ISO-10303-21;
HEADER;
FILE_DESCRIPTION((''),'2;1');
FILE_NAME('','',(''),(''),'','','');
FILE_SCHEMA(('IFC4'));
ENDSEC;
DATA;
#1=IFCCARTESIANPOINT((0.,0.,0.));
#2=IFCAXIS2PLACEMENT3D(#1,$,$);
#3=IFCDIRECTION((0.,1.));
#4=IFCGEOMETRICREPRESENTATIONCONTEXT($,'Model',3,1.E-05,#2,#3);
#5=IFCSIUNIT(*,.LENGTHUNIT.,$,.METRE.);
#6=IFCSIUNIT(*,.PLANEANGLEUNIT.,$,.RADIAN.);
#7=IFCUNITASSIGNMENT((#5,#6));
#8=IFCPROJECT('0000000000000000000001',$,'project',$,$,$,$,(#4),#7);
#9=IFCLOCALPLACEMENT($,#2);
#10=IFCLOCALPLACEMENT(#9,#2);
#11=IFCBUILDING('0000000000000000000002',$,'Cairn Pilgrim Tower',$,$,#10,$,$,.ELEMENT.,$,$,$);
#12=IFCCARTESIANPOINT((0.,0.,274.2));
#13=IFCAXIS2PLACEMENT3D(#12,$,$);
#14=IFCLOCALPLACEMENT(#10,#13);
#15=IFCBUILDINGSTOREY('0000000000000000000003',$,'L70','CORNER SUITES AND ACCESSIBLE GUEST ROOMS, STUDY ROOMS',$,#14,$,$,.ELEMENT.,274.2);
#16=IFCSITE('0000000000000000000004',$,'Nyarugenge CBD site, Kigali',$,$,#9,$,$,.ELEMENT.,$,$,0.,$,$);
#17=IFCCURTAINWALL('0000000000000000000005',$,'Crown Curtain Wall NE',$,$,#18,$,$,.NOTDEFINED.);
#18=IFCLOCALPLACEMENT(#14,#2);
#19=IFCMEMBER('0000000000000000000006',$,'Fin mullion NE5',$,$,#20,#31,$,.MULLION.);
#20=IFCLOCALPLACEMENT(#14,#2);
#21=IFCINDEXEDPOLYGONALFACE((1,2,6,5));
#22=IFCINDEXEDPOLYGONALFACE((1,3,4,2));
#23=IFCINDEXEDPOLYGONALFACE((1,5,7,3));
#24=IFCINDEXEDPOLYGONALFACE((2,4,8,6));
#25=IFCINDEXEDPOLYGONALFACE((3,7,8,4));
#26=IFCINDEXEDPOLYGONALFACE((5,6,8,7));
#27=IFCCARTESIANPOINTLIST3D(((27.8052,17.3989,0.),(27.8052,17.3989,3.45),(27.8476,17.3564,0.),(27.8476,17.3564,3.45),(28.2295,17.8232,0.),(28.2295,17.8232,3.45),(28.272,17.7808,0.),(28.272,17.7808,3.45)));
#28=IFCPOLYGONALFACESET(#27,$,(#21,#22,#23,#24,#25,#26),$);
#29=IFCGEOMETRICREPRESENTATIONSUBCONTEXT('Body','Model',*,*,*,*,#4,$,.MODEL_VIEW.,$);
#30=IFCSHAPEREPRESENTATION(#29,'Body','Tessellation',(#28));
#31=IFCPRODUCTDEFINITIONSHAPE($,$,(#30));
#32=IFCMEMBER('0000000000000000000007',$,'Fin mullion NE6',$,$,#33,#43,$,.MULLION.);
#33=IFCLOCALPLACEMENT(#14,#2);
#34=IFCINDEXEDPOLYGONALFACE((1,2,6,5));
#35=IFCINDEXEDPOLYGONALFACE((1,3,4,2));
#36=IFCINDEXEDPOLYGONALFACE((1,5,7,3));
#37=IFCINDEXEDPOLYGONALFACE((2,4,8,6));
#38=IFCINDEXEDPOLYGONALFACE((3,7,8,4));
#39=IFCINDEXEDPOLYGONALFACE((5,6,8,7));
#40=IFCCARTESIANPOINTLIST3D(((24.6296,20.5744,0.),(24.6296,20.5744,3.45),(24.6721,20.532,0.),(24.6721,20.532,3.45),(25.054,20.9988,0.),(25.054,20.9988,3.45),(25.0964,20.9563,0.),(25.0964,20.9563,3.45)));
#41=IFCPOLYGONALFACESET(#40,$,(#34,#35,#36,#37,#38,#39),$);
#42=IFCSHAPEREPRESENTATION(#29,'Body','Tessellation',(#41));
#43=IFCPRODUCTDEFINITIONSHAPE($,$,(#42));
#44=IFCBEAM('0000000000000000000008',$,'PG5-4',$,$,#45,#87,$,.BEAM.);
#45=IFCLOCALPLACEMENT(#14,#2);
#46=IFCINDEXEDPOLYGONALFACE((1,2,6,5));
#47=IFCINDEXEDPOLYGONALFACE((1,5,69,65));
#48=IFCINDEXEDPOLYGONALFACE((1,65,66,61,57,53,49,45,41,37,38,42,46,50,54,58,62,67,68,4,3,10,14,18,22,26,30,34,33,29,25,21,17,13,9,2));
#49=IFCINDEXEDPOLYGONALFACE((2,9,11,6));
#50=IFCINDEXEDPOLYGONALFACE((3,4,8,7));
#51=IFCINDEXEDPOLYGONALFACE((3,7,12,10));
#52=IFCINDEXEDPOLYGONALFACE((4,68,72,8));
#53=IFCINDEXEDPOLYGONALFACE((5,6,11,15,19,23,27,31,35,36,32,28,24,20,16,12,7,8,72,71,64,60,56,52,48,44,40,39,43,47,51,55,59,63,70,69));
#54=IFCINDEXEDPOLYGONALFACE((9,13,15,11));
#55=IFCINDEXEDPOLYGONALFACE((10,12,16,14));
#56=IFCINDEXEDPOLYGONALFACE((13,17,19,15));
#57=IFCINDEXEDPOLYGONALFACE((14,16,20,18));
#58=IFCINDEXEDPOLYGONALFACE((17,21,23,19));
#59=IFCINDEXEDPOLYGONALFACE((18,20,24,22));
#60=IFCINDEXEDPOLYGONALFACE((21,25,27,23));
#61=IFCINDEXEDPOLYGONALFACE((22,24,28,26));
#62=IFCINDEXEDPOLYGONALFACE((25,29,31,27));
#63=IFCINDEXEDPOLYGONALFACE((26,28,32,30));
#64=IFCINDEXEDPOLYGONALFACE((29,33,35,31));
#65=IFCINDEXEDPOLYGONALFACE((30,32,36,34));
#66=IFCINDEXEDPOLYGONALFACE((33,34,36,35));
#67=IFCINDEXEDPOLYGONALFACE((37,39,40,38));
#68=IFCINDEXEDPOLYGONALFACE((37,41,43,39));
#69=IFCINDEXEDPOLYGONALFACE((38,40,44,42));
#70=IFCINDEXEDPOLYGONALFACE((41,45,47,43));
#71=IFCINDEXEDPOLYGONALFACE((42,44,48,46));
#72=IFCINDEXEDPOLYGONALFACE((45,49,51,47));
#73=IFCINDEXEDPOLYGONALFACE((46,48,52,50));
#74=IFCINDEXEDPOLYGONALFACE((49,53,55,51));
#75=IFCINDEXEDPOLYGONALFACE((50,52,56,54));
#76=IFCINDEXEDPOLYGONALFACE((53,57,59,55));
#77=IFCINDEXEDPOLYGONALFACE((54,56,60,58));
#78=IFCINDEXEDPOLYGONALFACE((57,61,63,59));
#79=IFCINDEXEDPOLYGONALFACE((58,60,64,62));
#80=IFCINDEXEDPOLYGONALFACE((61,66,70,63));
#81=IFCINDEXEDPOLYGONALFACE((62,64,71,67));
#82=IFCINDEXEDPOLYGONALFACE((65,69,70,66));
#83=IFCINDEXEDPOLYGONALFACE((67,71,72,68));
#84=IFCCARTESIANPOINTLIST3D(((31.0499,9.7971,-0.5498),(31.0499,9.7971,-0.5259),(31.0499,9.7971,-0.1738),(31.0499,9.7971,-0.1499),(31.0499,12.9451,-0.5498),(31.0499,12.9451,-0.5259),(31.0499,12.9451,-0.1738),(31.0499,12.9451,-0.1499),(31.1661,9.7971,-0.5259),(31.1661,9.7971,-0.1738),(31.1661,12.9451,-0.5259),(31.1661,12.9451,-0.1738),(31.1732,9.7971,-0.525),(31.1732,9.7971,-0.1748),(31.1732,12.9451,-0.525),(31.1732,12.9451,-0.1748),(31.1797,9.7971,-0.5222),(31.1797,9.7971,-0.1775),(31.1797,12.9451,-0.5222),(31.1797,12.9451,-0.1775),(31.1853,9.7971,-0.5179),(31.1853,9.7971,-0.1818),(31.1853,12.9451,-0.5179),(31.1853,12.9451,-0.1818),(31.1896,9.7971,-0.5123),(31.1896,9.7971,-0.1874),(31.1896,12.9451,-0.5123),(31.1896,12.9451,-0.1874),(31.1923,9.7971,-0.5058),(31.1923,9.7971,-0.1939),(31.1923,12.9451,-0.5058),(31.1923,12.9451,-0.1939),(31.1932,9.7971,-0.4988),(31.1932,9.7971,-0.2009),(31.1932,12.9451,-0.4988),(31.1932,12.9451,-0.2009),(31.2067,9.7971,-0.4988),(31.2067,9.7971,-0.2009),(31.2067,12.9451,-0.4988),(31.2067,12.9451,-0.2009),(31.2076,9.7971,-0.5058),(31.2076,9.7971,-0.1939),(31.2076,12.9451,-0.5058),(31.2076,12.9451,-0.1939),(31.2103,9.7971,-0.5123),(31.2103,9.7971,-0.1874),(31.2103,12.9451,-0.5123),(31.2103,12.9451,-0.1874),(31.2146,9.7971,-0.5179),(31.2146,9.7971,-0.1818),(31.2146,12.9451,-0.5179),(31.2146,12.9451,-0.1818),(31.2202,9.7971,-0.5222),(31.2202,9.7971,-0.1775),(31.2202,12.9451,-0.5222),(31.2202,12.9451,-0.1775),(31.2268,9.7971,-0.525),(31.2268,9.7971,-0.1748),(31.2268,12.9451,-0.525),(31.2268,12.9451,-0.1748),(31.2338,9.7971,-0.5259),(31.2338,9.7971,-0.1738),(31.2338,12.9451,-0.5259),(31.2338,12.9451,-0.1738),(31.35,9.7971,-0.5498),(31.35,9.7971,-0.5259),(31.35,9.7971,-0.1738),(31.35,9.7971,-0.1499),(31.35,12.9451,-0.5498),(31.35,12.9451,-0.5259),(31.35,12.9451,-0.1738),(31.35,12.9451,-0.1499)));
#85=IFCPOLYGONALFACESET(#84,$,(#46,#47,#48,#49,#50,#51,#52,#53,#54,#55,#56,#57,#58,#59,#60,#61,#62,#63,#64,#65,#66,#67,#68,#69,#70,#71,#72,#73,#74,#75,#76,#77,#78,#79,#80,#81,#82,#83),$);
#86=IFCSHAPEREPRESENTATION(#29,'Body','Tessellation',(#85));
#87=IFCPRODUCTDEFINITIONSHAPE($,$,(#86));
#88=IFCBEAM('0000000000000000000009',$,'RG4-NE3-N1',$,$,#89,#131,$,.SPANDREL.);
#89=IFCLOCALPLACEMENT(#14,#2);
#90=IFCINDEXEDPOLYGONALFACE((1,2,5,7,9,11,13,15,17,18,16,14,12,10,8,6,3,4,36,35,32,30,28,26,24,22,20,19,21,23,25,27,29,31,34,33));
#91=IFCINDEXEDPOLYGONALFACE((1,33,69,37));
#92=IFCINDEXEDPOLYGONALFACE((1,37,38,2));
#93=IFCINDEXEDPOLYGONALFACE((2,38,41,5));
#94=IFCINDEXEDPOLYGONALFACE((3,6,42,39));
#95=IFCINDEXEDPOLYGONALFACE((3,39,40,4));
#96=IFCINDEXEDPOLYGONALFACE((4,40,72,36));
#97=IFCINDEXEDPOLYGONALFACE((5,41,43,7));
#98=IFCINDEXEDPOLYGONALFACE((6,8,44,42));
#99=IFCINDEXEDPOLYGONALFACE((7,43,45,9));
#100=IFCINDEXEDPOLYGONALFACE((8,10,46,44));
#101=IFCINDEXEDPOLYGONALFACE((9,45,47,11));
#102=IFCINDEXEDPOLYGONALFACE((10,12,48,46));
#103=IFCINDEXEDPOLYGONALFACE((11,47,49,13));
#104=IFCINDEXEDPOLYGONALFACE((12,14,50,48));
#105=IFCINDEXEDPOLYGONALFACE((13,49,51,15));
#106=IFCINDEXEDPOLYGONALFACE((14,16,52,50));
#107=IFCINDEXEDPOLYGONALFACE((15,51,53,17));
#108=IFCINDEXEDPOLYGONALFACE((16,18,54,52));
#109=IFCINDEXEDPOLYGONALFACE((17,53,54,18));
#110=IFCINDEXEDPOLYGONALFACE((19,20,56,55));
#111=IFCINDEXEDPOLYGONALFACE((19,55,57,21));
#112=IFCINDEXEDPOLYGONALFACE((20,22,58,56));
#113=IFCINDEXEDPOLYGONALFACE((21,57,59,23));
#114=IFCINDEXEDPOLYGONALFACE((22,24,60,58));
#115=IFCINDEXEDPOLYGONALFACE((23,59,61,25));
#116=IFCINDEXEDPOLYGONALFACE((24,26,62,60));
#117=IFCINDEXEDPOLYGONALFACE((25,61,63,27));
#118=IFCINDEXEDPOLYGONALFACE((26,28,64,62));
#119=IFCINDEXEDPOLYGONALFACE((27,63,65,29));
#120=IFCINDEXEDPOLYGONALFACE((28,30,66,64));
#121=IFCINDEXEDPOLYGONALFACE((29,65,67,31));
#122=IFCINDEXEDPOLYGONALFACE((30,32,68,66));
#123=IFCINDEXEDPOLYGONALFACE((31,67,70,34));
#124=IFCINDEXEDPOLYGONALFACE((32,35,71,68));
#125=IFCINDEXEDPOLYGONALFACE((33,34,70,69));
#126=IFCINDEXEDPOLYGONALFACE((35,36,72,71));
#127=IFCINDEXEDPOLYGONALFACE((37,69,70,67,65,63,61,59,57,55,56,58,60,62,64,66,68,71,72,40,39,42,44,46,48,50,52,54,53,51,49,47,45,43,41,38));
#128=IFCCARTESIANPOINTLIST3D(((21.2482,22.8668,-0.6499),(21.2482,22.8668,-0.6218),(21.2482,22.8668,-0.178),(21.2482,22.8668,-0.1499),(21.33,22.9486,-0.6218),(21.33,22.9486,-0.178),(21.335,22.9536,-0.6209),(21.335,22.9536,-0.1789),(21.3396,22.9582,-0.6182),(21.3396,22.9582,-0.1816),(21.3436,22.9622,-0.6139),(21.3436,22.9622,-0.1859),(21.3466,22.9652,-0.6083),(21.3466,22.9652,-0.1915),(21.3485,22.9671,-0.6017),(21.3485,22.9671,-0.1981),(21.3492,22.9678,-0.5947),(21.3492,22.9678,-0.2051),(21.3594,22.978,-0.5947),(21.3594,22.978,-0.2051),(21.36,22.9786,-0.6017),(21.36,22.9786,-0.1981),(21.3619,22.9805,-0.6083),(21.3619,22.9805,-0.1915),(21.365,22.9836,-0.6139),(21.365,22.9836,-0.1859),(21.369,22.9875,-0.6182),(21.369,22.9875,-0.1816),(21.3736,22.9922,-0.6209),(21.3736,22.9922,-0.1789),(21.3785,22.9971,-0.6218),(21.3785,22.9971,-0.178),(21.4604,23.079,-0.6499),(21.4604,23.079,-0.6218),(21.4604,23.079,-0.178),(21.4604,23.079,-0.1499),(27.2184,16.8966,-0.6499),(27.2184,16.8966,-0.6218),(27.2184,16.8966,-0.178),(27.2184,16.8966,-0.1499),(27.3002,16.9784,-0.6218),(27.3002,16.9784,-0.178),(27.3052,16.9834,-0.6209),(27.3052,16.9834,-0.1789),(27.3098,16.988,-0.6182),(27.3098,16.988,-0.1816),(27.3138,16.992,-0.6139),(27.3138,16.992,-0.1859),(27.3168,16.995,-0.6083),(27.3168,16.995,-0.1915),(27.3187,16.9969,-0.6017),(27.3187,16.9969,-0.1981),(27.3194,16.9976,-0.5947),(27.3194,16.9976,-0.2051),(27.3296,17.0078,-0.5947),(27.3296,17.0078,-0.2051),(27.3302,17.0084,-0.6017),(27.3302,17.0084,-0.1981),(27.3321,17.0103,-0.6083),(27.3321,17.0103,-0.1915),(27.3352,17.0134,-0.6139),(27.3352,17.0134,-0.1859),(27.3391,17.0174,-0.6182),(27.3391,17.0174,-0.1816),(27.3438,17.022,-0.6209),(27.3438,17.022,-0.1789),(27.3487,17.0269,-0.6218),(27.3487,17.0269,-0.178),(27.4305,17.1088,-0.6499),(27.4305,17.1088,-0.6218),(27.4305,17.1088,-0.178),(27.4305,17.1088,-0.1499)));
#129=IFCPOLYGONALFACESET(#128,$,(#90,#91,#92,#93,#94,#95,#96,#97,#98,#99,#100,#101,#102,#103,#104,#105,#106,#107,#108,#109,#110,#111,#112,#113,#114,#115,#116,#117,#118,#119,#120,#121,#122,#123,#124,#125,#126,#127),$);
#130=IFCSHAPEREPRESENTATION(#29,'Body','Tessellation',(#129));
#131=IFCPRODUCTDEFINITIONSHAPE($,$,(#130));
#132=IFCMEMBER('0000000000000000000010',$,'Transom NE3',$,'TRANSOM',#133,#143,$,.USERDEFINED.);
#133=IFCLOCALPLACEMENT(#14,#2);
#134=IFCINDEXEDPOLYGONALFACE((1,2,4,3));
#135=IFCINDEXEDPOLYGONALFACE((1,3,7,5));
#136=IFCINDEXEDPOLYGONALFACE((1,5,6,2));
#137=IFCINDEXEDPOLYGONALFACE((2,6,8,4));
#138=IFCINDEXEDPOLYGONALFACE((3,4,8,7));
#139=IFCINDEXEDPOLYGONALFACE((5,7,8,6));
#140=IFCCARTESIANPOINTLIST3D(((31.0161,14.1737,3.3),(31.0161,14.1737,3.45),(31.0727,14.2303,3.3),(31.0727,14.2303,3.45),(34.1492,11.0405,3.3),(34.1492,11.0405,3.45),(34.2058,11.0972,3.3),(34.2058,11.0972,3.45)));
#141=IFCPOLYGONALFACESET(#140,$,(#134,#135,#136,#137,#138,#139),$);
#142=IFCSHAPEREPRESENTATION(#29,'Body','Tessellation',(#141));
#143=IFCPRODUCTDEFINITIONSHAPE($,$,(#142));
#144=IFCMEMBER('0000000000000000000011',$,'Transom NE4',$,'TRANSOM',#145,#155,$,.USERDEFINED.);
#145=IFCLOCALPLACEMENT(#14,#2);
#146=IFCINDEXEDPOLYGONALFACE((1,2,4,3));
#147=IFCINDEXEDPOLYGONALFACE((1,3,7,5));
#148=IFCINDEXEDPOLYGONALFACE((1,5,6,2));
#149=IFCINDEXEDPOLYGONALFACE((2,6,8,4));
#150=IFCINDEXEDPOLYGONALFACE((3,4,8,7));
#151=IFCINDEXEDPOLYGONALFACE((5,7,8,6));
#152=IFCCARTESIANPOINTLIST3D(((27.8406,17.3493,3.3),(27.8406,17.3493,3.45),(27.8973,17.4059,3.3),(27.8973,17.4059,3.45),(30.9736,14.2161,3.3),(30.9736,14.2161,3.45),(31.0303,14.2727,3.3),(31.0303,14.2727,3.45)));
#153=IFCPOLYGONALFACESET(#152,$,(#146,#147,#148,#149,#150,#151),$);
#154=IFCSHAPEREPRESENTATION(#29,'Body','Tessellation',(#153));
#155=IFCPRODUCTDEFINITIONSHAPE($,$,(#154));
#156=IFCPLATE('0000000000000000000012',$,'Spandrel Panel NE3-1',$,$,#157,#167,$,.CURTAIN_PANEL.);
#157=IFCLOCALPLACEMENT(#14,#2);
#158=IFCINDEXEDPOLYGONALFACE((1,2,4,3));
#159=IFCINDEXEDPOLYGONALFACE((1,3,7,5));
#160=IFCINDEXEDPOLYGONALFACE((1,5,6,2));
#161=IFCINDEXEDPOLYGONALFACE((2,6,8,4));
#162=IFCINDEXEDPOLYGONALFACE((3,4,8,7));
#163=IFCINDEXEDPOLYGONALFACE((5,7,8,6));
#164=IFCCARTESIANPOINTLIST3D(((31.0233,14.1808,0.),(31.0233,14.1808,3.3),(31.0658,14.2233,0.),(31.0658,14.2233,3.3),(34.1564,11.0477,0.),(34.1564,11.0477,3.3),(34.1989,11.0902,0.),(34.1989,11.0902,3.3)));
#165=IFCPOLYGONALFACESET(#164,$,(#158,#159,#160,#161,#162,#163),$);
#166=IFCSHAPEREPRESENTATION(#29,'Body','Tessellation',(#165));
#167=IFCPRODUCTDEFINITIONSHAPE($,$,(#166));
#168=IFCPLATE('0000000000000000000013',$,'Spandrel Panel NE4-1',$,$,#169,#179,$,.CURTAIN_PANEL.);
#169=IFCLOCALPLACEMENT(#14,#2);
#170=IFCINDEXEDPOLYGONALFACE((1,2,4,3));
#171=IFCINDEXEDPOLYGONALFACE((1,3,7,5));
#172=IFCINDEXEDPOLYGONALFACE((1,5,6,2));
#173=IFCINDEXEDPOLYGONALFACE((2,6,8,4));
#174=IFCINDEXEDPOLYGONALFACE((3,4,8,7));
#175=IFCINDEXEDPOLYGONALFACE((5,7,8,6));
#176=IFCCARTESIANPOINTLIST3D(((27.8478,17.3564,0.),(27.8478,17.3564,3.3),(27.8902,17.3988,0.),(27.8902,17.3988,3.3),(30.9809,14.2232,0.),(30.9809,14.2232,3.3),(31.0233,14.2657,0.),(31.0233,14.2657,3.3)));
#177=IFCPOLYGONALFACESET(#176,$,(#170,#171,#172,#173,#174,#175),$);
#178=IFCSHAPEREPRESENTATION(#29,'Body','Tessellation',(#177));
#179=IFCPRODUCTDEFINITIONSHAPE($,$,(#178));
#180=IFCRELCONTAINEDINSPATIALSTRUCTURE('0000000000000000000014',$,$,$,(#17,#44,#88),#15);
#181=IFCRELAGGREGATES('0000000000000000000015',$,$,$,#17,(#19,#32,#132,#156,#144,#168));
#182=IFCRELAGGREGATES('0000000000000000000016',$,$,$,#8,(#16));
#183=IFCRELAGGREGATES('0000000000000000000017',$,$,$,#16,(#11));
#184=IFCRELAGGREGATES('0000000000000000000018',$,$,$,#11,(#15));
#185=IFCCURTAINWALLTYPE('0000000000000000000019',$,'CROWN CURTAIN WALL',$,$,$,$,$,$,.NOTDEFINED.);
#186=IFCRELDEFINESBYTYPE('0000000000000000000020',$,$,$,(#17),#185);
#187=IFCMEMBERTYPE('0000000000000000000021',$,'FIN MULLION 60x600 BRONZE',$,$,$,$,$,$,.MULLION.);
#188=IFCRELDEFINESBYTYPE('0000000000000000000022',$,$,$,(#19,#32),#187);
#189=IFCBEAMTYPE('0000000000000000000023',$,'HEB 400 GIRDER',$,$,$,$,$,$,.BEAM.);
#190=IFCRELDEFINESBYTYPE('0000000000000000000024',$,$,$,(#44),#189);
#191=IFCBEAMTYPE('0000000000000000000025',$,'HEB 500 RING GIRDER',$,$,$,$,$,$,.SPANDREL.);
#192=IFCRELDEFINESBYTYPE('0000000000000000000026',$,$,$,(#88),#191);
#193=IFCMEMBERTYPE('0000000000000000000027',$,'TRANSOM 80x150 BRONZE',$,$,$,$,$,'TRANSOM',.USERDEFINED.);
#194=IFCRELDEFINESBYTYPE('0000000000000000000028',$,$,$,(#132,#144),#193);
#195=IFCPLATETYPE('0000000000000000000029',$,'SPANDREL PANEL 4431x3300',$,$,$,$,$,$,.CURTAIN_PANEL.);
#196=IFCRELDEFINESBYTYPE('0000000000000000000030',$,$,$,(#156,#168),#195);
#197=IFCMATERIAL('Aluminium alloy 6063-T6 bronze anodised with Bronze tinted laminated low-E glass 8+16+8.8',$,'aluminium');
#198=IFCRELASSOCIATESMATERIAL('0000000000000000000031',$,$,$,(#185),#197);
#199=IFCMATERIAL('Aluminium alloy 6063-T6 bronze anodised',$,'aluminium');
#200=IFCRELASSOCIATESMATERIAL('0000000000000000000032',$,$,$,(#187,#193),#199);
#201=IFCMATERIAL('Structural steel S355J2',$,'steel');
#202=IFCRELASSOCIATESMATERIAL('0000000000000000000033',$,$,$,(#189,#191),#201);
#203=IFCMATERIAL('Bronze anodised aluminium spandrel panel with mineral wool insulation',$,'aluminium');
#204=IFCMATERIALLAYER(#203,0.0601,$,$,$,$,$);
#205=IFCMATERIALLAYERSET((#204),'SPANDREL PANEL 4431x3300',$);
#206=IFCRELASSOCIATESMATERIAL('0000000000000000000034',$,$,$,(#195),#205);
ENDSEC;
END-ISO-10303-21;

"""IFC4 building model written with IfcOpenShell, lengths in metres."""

from ifc_helpers import new_model, si_unit, direction, frame, origin, origin_2d, place, context, subcontext, project, spatial, rectangle, i_section, extrude, material, layer, layer_set, material_profile, profile_set, type_object, element, aggregate, save


model = new_model("IFC4")

# Units and contexts
model_context = context("Model", 3, precision=1e-05, world=origin(), true_north=direction((0.0, 1.0)))
body_context = subcontext(model_context, "Body", "Model", "MODEL_VIEW")
ifc_project = project(units=[si_unit("LENGTHUNIT", "METRE"), si_unit("PLANEANGLEUNIT", "RADIAN")], contexts=[model_context])

# Site, building, storey
site_placement = place(None, origin())
site = spatial("IfcSite", under=ifc_project, at=site_placement, Name="Nyarugenge CBD site, Kigali", CompositionType="ELEMENT", RefElevation=0.0)
building_placement = place(site_placement, origin())
building = spatial("IfcBuilding", under=site, at=building_placement, Name="Cairn Pilgrim Tower", CompositionType="ELEMENT")
storey_placement = place(building_placement, frame((0.0, 0.0, 274.2)))
storey = spatial("IfcBuildingStorey", under=building, at=storey_placement, Name="L70", Description="CORNER SUITES AND ACCESSIBLE GUEST ROOMS, STUDY ROOMS", CompositionType="ELEMENT", Elevation=274.2)

# Shared definitions
ifc_material_1 = material(Name="Structural steel S355J2", Category="steel")

# Curtain wall, members
ifc_material_2 = material(Name="Aluminium alloy 6063-T6 bronze anodised with Bronze tinted laminated low-E glass 8+16+8.8", Category="aluminium")
curtain_wall_type = type_object("IfcCurtainWallType", Name="CROWN CURTAIN WALL", PredefinedType="NOTDEFINED", material=ifc_material_2)
curtain_wall_placement = place(storey_placement, origin())
curtain_wall = element("IfcCurtainWall", 1, at=curtain_wall_placement, inside=storey, type_object=curtain_wall_type, Name="Crown Curtain Wall NE", PredefinedType="NOTDEFINED")
ifc_material_3 = material(Name="Aluminium alloy 6063-T6 bronze anodised", Category="aluminium")
ifc_material_profile_1 = material_profile(ifc_material_3, rectangle(XDim=0.6001, YDim=0.0601, at=origin_2d()), Name="FIN MULLION 60x600 BRONZE")
ifc_profile_set_1 = profile_set([ifc_material_profile_1], Name="Aluminium alloy 6063-T6 bronze anodised")
member_type_1 = type_object("IfcMemberType", Name="FIN MULLION 60x600 BRONZE", PredefinedType="MULLION", material=ifc_profile_set_1)
member_1_placement = place(storey_placement, frame((28.0386, 17.5898, 0.0), z_axis=(0.0, 0.0, 1.0), x_axis=(0.707107, 0.707107, 0.0)))
member_1 = element("IfcMember", 2, at=member_1_placement, type_object=member_type_1, Name="Fin mullion NE5", PredefinedType="MULLION", context=body_context, shape_type="SweptSolid", body=[
    extrude(rectangle(XDim=0.6001, YDim=0.0601, at=origin_2d()), origin(), (0.0, 0.0, 1.0), 3.45),
])
member_2_placement = place(storey_placement, frame((24.863, 20.7654, 0.0), z_axis=(0.0, 0.0, 1.0), x_axis=(0.707107, 0.707107, 0.0)))
member_2 = element("IfcMember", 3, at=member_2_placement, type_object=member_type_1, Name="Fin mullion NE6", PredefinedType="MULLION", context=body_context, shape_type="SweptSolid", body=[
    extrude(rectangle(XDim=0.6001, YDim=0.0601, at=origin_2d()), origin(), (0.0, 0.0, 1.0), 3.45),
])

# Beams
ifc_material_profile_2 = material_profile(ifc_material_1, i_section(OverallWidth=0.3, OverallDepth=0.3999, WebThickness=0.0134, FlangeThickness=0.0239, FilletRadius=0.0271, at=origin_2d()), Name="HEB 400")
ifc_profile_set_2 = profile_set([ifc_material_profile_2], Name="Structural steel S355J2")
beam_type_1 = type_object("IfcBeamType", Name="HEB 400 GIRDER", PredefinedType="BEAM", material=ifc_profile_set_2)
beam_1_placement = place(storey_placement, frame((31.2, 9.7971, -0.3499), z_axis=(0.0, 1.0, 0.0), x_axis=(-1.0, 0.0, 0.0)))
element("IfcBeam", 4, at=beam_1_placement, inside=storey, type_object=beam_type_1, Name="PG5-4", PredefinedType="BEAM", context=body_context, shape_type="SweptSolid", body=[
    extrude(i_section(OverallWidth=0.3, OverallDepth=0.3999, WebThickness=0.0134, FlangeThickness=0.0239, FilletRadius=0.0271, at=origin_2d()), origin(), (0.0, 0.0, 1.0), 3.1479),
])
ifc_material_profile_3 = material_profile(ifc_material_1, i_section(OverallWidth=0.3, OverallDepth=0.5, WebThickness=0.0144, FlangeThickness=0.0281, FilletRadius=0.0271, at=origin_2d()), Name="HEB 500")
ifc_profile_set_3 = profile_set([ifc_material_profile_3], Name="Structural steel S355J2")
beam_type_2 = type_object("IfcBeamType", Name="HEB 500 RING GIRDER", PredefinedType="SPANDREL", material=ifc_profile_set_3)
beam_2_placement = place(storey_placement, frame((27.3245, 17.0027, -0.3999), z_axis=(-0.707107, 0.707107, 0.0), x_axis=(-0.707107, -0.707107, 0.0)))
element("IfcBeam", 5, at=beam_2_placement, inside=storey, type_object=beam_type_2, Name="RG4-NE3-N1", PredefinedType="SPANDREL", context=body_context, shape_type="SweptSolid", body=[
    extrude(i_section(OverallWidth=0.3, OverallDepth=0.5, WebThickness=0.0144, FlangeThickness=0.0281, FilletRadius=0.0271, at=origin_2d()), origin(), (0.0, 0.0, 1.0), 8.4431),
])

# Members
ifc_material_profile_4 = material_profile(ifc_material_3, rectangle(XDim=0.0801, YDim=0.1499, at=origin_2d()), Name="TRANSOM 80x150 BRONZE")
ifc_profile_set_4 = profile_set([ifc_material_profile_4], Name="Aluminium alloy 6063-T6 bronze anodised")
member_type_2 = type_object("IfcMemberType", Name="TRANSOM 80x150 BRONZE", ElementType="TRANSOM", PredefinedType="USERDEFINED", material=ifc_profile_set_4)
member_3_placement = place(storey_placement, frame((34.1775, 11.0688, 3.375), z_axis=(-0.707107, 0.707107, 0.0), x_axis=(-0.707107, -0.707107, 0.0)))
member_3 = element("IfcMember", 6, at=member_3_placement, type_object=member_type_2, Name="Transom NE3", ObjectType="TRANSOM", PredefinedType="USERDEFINED", context=body_context, shape_type="SweptSolid", body=[
    extrude(rectangle(XDim=0.0801, YDim=0.1499, at=origin_2d()), origin(), (0.0, 0.0, 1.0), 4.4309),
])
member_4_placement = place(storey_placement, frame((31.002, 14.2444, 3.375), z_axis=(-0.707079, 0.707134, 0.0), x_axis=(-0.707134, -0.707079, 0.0)))
member_4 = element("IfcMember", 7, at=member_4_placement, type_object=member_type_2, Name="Transom NE4", ObjectType="TRANSOM", PredefinedType="USERDEFINED", context=body_context, shape_type="SweptSolid", body=[
    extrude(rectangle(XDim=0.0801, YDim=0.1499, at=origin_2d()), origin(), (0.0, 0.0, 1.0), 4.4309),
])

# Plates
ifc_material_4 = material(Name="Bronze anodised aluminium spandrel panel with mineral wool insulation", Category="aluminium")
ifc_layer_1 = layer(ifc_material_4, 0.0601)
ifc_layer_set_1 = layer_set([ifc_layer_1], Name="SPANDREL PANEL 4431x3300")
plate_type = type_object("IfcPlateType", Name="SPANDREL PANEL 4431x3300", PredefinedType="CURTAIN_PANEL", material=ifc_layer_set_1)
plate_1_placement = place(storey_placement, frame((32.6111, 12.6355, 0.0), z_axis=(0.0, 0.0, 1.0), x_axis=(-0.707107, 0.707107, 0.0)))
plate_1 = element("IfcPlate", 8, at=plate_1_placement, type_object=plate_type, Name="Spandrel Panel NE3-1", PredefinedType="CURTAIN_PANEL", context=body_context, shape_type="SweptSolid", body=[
    extrude(rectangle(XDim=4.4309, YDim=0.0601, at=origin_2d()), origin(), (0.0, 0.0, 1.0), 3.3),
])
plate_2_placement = place(storey_placement, frame((29.4355, 15.811, 0.0), z_axis=(0.0, 0.0, 1.0), x_axis=(-0.707107, 0.707107, 0.0)))
plate_2 = element("IfcPlate", 9, at=plate_2_placement, type_object=plate_type, Name="Spandrel Panel NE4-1", PredefinedType="CURTAIN_PANEL", context=body_context, shape_type="SweptSolid", body=[
    extrude(rectangle(XDim=4.4309, YDim=0.0601, at=origin_2d()), origin(), (0.0, 0.0, 1.0), 3.3),
])
aggregate(curtain_wall, [member_1, member_2, member_3, plate_1, member_4, plate_2])

save(model, "model.ifc")
